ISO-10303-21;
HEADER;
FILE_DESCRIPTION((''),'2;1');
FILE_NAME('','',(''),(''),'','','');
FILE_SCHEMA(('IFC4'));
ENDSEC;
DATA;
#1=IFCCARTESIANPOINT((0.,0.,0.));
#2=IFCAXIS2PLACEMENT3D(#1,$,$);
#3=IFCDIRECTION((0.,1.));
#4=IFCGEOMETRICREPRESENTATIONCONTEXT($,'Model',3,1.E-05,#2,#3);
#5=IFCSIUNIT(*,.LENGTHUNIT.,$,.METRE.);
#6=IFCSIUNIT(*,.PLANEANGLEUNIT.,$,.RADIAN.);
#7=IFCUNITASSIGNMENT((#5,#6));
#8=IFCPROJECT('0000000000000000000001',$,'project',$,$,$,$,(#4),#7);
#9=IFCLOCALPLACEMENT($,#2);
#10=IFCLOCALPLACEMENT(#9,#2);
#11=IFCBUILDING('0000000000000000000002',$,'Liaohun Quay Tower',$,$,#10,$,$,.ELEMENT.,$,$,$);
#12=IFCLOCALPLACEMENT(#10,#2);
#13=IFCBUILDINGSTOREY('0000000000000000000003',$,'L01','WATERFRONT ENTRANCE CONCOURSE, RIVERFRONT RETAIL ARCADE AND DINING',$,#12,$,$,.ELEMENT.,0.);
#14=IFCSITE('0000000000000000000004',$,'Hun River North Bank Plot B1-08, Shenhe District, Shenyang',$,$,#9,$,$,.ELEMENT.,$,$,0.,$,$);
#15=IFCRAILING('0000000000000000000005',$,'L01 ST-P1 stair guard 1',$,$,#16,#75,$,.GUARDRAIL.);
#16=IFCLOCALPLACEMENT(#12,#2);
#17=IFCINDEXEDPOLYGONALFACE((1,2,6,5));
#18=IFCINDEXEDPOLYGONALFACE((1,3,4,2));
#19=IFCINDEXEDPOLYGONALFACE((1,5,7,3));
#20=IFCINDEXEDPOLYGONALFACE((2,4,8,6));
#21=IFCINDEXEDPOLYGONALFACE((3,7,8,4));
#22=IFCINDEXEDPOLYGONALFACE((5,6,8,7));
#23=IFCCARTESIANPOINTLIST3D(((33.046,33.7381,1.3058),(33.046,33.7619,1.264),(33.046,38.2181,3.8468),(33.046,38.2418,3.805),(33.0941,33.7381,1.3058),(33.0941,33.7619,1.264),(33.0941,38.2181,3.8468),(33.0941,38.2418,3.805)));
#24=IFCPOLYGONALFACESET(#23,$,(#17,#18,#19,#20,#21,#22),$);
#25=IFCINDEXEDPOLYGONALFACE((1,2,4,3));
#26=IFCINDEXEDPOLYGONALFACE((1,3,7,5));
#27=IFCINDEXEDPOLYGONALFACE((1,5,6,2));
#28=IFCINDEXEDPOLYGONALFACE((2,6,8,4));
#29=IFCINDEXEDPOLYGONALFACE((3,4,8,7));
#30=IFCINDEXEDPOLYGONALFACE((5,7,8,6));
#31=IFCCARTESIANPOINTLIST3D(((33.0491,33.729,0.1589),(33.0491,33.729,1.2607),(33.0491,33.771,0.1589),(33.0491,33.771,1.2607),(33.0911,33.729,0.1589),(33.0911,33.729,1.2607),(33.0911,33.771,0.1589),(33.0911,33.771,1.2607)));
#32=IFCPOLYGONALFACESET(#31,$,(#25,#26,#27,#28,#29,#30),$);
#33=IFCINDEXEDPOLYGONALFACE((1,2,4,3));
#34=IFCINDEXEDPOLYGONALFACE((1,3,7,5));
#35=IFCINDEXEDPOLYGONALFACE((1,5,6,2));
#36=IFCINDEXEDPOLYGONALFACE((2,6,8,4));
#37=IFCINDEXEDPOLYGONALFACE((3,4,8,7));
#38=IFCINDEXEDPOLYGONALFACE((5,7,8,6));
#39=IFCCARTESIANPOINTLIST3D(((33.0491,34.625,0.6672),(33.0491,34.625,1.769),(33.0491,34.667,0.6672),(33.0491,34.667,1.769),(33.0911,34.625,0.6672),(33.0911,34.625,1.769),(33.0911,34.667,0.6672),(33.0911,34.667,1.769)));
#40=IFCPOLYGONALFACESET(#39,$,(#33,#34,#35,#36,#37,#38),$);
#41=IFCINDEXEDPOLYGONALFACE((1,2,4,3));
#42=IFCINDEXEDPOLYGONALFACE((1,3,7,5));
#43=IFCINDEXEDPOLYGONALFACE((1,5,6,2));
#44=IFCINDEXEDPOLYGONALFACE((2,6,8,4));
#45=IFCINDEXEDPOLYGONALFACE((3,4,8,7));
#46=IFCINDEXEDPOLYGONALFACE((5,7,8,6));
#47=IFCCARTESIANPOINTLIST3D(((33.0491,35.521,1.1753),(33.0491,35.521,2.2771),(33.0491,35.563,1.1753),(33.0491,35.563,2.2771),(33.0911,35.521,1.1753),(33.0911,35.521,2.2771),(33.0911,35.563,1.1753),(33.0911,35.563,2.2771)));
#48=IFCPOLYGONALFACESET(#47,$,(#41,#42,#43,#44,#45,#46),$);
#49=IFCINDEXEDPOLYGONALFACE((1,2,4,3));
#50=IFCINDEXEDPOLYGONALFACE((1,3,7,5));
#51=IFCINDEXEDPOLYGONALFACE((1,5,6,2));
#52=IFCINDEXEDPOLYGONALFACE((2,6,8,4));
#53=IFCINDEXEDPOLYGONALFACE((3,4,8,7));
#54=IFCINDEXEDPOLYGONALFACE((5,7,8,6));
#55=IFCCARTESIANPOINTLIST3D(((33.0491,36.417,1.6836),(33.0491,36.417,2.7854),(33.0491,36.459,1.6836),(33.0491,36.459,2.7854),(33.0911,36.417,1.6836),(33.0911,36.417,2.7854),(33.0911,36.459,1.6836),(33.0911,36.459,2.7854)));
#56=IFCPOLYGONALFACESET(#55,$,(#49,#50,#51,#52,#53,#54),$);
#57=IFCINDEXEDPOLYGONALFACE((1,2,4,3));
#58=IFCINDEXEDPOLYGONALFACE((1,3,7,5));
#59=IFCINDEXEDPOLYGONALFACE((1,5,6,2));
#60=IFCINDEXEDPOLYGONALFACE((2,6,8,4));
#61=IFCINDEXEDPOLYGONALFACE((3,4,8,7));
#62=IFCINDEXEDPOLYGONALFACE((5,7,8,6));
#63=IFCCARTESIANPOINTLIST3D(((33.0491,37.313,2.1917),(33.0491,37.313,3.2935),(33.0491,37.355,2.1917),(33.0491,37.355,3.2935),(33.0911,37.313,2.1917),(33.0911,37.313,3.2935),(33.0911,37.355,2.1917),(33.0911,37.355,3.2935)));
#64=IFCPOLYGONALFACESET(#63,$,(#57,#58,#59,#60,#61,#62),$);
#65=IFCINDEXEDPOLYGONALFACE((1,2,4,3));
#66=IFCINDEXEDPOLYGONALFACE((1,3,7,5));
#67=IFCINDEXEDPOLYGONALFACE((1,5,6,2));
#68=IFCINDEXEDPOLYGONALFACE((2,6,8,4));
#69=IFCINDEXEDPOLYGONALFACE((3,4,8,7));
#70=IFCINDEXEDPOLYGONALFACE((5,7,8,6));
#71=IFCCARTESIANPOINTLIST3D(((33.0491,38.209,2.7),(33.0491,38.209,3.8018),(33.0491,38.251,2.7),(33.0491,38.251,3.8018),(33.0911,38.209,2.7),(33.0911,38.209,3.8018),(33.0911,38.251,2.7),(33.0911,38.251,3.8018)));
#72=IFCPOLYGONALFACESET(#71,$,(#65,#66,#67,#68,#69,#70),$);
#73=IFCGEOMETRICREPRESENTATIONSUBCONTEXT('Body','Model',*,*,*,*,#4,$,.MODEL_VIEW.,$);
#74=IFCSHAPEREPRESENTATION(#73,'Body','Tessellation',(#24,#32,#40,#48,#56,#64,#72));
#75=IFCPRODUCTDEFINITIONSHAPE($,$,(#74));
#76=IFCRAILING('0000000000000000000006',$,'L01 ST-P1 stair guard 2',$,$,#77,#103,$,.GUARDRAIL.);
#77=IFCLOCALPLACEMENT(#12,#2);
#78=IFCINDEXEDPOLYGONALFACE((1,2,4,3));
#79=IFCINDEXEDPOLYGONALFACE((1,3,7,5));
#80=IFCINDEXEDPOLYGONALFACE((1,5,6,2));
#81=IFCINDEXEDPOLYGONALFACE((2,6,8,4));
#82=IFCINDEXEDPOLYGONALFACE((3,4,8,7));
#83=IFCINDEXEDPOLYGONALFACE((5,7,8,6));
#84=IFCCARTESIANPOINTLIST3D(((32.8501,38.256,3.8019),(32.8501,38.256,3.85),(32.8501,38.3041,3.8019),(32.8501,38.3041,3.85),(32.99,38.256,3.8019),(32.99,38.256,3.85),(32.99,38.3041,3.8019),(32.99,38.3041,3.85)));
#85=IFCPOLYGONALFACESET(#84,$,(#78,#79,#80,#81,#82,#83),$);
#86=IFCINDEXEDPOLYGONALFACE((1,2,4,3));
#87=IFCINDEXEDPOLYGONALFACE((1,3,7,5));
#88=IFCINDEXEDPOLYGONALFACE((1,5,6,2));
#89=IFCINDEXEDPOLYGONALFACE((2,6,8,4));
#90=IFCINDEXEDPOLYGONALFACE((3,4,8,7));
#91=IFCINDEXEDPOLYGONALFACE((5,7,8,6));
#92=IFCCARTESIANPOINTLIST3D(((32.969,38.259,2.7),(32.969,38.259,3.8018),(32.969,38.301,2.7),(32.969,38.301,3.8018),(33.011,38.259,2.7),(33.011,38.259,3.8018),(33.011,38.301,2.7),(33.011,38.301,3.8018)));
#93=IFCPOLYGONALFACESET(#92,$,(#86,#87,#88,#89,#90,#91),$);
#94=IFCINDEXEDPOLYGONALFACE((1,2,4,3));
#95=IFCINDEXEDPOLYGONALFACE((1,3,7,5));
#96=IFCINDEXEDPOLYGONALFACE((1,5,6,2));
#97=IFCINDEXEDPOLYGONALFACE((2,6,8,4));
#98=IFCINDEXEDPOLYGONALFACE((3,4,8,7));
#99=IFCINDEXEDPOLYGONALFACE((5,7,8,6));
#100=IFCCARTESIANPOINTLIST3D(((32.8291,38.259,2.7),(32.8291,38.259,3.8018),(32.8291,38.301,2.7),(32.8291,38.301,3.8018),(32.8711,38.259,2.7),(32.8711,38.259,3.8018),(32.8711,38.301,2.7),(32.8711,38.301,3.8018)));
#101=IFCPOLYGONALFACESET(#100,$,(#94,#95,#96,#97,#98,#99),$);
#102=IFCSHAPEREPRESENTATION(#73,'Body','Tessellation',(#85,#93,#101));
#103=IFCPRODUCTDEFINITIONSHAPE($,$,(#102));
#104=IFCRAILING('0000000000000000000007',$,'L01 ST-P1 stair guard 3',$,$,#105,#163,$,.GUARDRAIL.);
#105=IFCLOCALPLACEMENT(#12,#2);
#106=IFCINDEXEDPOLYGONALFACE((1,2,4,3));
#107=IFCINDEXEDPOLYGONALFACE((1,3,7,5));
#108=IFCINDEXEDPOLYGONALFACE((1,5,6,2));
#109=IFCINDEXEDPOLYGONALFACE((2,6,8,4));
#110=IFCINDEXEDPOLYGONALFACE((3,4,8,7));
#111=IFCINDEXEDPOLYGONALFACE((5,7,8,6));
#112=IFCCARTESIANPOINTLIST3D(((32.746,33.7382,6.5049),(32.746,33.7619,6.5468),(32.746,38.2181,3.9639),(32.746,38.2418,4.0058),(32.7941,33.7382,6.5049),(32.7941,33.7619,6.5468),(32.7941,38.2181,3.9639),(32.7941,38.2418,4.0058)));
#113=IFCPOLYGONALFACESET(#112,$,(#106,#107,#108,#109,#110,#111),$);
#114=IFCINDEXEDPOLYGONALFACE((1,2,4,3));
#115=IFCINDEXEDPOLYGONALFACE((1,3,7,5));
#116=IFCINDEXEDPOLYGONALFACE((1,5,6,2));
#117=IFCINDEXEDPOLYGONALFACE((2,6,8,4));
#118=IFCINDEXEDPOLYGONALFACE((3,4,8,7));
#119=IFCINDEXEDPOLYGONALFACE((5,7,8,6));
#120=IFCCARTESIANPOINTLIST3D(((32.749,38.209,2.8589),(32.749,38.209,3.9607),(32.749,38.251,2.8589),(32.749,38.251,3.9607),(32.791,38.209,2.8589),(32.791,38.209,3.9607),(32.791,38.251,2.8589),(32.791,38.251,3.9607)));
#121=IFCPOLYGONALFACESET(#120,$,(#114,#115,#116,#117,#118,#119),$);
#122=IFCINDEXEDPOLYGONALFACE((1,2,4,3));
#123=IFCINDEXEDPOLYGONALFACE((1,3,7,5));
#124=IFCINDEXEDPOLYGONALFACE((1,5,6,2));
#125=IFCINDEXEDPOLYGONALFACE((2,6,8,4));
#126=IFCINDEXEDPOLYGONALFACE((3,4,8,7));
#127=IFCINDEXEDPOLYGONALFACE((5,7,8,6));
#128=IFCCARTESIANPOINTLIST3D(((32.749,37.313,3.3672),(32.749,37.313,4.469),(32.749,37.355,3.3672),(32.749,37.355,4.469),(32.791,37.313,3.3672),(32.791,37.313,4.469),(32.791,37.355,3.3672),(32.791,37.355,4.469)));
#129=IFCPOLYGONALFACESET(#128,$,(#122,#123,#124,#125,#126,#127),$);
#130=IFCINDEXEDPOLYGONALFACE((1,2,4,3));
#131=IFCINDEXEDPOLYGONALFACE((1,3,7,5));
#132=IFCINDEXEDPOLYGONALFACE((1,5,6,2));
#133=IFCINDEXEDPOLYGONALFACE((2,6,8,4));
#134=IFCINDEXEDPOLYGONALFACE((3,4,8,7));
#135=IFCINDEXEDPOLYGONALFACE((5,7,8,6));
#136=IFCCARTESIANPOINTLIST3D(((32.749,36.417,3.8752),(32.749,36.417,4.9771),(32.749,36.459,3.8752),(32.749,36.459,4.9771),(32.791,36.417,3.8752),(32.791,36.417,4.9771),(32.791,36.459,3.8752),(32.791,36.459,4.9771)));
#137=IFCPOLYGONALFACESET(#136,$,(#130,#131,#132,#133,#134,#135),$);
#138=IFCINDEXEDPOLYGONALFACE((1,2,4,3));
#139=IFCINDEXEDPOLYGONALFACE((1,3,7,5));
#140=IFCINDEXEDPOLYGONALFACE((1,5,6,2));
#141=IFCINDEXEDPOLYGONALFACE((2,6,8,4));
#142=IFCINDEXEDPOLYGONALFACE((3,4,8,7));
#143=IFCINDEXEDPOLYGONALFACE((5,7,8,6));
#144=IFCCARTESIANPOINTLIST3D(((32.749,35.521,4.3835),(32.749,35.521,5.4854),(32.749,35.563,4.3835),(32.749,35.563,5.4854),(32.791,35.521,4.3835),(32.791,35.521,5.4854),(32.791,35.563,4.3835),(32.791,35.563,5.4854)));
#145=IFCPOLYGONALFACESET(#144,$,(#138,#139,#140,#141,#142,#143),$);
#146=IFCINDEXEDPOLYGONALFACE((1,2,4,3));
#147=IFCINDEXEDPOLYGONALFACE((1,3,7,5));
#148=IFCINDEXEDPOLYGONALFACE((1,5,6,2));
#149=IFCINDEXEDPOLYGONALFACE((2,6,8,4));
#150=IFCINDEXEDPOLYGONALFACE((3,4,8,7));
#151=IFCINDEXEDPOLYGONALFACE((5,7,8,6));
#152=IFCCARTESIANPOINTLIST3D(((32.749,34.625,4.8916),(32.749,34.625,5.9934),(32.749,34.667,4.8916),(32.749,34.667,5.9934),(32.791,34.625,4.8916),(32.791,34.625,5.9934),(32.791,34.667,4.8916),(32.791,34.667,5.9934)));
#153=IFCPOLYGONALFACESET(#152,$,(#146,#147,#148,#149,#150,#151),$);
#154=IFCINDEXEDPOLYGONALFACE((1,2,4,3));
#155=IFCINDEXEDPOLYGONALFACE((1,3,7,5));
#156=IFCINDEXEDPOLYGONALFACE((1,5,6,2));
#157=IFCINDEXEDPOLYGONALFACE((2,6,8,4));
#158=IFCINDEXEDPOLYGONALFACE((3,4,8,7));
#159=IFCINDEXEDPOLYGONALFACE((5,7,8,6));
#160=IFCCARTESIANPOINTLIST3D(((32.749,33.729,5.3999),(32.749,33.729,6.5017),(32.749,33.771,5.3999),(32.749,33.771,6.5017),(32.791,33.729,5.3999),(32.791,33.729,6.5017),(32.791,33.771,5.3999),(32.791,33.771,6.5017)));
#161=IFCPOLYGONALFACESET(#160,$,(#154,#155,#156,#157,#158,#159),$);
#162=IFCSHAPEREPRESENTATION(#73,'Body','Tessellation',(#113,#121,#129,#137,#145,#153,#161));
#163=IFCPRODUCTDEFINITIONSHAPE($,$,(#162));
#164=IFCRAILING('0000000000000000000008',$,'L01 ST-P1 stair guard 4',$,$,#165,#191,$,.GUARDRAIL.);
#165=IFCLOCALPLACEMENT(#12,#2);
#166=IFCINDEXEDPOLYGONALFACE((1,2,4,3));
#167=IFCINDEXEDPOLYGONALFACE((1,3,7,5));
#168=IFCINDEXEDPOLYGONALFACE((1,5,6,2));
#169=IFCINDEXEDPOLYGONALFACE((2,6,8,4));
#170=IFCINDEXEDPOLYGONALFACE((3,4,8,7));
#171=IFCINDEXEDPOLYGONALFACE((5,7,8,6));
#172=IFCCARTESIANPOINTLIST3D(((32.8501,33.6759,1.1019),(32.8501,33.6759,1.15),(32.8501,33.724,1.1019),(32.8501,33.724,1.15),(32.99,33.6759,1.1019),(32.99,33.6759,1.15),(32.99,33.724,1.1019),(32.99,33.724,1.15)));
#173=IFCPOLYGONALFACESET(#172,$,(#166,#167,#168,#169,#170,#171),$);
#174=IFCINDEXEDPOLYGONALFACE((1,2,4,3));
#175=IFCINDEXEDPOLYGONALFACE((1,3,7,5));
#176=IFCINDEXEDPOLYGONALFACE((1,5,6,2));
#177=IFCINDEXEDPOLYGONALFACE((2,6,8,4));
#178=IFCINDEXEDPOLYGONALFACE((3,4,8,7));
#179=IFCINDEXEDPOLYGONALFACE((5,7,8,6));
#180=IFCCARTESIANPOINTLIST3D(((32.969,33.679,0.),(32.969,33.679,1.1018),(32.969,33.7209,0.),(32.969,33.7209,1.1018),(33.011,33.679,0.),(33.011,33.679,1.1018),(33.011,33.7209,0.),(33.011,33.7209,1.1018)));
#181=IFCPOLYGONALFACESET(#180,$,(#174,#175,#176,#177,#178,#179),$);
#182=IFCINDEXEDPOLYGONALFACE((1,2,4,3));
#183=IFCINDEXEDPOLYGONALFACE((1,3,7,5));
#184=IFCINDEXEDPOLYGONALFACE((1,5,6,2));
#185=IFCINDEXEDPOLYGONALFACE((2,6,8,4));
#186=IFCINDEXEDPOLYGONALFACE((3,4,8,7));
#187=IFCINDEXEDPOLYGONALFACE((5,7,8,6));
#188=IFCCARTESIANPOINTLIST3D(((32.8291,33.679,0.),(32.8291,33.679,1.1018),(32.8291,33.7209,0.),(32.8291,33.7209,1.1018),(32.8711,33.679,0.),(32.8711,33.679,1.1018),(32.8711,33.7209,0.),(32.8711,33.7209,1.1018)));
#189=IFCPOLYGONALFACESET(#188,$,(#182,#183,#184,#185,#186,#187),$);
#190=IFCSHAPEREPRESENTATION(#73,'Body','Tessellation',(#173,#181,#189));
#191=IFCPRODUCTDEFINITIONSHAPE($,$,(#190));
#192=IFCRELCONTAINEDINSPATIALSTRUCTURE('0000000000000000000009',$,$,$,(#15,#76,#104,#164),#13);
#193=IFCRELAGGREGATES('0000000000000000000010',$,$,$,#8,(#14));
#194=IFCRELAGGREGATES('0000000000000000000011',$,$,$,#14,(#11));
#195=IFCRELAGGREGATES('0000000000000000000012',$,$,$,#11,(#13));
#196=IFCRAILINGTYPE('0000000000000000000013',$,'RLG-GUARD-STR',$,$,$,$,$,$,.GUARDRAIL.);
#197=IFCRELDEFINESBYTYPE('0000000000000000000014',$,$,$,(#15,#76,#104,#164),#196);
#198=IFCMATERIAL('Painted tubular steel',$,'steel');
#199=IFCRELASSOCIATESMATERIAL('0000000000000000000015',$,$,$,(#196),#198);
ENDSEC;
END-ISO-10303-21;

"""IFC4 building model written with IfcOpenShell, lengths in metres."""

from ifc_helpers import new_model, si_unit, direction, frame, origin, origin_2d, place, context, subcontext, project, spatial, rectangle, extrude, material, type_object, element, save


model = new_model("IFC4")

# Units and contexts
model_context = context("Model", 3, precision=1e-05, world=origin(), true_north=direction((0.0, 1.0)))
body_context = subcontext(model_context, "Body", "Model", "MODEL_VIEW")
ifc_project = project(units=[si_unit("LENGTHUNIT", "METRE"), si_unit("PLANEANGLEUNIT", "RADIAN")], contexts=[model_context])

# Site, building, storey
site_placement = place(None, origin())
site = spatial("IfcSite", under=ifc_project, at=site_placement, Name="Hun River North Bank Plot B1-08, Shenhe District, Shenyang", CompositionType="ELEMENT", RefElevation=0.0)
building_placement = place(site_placement, origin())
building = spatial("IfcBuilding", under=site, at=building_placement, Name="Liaohun Quay Tower", CompositionType="ELEMENT")
storey_placement = place(building_placement, origin())
storey = spatial("IfcBuildingStorey", under=building, at=storey_placement, Name="L01", Description="WATERFRONT ENTRANCE CONCOURSE, RIVERFRONT RETAIL ARCADE AND DINING", CompositionType="ELEMENT", Elevation=0.0)

# Railings
ifc_material_1 = material(Name="Painted tubular steel", Category="steel")
railing_type_1 = type_object("IfcRailingType", Name="RLG-GUARD-STR", PredefinedType="GUARDRAIL", material=ifc_material_1)
railing_1_placement = place(storey_placement, frame((33.0701, 33.75, 0.1589)))
element("IfcRailing", 1, at=railing_1_placement, inside=storey, type_object=railing_type_1, Name="L01 ST-P1 stair guard 1", PredefinedType="GUARDRAIL", context=body_context, shape_type="SweptSolid", body=[
    extrude(rectangle(XDim=0.0481, YDim=0.0481, at=origin_2d()), frame((0.0, 0.0, 1.126), z_axis=(0.0, 0.869826, 0.493359), x_axis=(-1.0, 0.0, 0.0)), (0.0, 0.0, 1.0), 5.1504),
    extrude(rectangle(XDim=0.042, YDim=0.042, at=origin_2d()), origin(), (0.0, 0.0, 1.0), 1.1018),
    extrude(rectangle(XDim=0.042, YDim=0.042, at=origin_2d()), frame((0.0, 0.896, 0.5083)), (0.0, 0.0, 1.0), 1.1018),
    extrude(rectangle(XDim=0.042, YDim=0.042, at=origin_2d()), frame((0.0, 1.792, 1.0164)), (0.0, 0.0, 1.0), 1.1018),
    extrude(rectangle(XDim=0.042, YDim=0.042, at=origin_2d()), frame((0.0, 2.688, 1.5247)), (0.0, 0.0, 1.0), 1.1018),
    extrude(rectangle(XDim=0.042, YDim=0.042, at=origin_2d()), frame((0.0, 3.584, 2.0327)), (0.0, 0.0, 1.0), 1.1018),
    extrude(rectangle(XDim=0.042, YDim=0.042, at=origin_2d()), frame((0.0, 4.48, 2.541)), (0.0, 0.0, 1.0), 1.1018),
])
railing_2_placement = place(storey_placement, frame((32.99, 38.28, 2.7)))
element("IfcRailing", 2, at=railing_2_placement, inside=storey, type_object=railing_type_1, Name="L01 ST-P1 stair guard 2", PredefinedType="GUARDRAIL", context=body_context, shape_type="SweptSolid", body=[
    extrude(rectangle(XDim=0.0481, YDim=0.0481, at=origin_2d()), frame((0.0, 0.0, 1.126), z_axis=(-1.0, 0.0, 0.0), x_axis=(0.0, -1.0, 0.0)), (0.0, 0.0, 1.0), 0.1399),
    extrude(rectangle(XDim=0.042, YDim=0.042, at=origin_2d()), origin(), (0.0, 0.0, 1.0), 1.1018),
    extrude(rectangle(XDim=0.042, YDim=0.042, at=origin_2d()), frame((-0.1399, 0.0, 0.0)), (0.0, 0.0, 1.0), 1.1018),
])
railing_3_placement = place(storey_placement, frame((32.77, 38.23, 2.8589)))
element("IfcRailing", 3, at=railing_3_placement, inside=storey, type_object=railing_type_1, Name="L01 ST-P1 stair guard 3", PredefinedType="GUARDRAIL", context=body_context, shape_type="SweptSolid", body=[
    extrude(rectangle(XDim=0.0481, YDim=0.0481, at=origin_2d()), frame((0.0, 0.0, 1.126), z_axis=(0.0, -0.869826, 0.493359), x_axis=(1.0, 0.0, 0.0)), (0.0, 0.0, 1.0), 5.1504),
    extrude(rectangle(XDim=0.042, YDim=0.042, at=origin_2d()), origin(), (0.0, 0.0, 1.0), 1.1018),
    extrude(rectangle(XDim=0.042, YDim=0.042, at=origin_2d()), frame((0.0, -0.896, 0.5083)), (0.0, 0.0, 1.0), 1.1018),
    extrude(rectangle(XDim=0.042, YDim=0.042, at=origin_2d()), frame((0.0, -1.792, 1.0164)), (0.0, 0.0, 1.0), 1.1018),
    extrude(rectangle(XDim=0.042, YDim=0.042, at=origin_2d()), frame((0.0, -2.688, 1.5247)), (0.0, 0.0, 1.0), 1.1018),
    extrude(rectangle(XDim=0.042, YDim=0.042, at=origin_2d()), frame((0.0, -3.584, 2.0327)), (0.0, 0.0, 1.0), 1.1018),
    extrude(rectangle(XDim=0.042, YDim=0.042, at=origin_2d()), frame((0.0, -4.48, 2.541)), (0.0, 0.0, 1.0), 1.1018),
])
railing_4_placement = place(storey_placement, frame((32.99, 33.7, 0.0)))
element("IfcRailing", 4, at=railing_4_placement, inside=storey, type_object=railing_type_1, Name="L01 ST-P1 stair guard 4", PredefinedType="GUARDRAIL", context=body_context, shape_type="SweptSolid", body=[
    extrude(rectangle(XDim=0.0481, YDim=0.0481, at=origin_2d()), frame((0.0, 0.0, 1.126), z_axis=(-1.0, 0.0, 0.0), x_axis=(0.0, -1.0, 0.0)), (0.0, 0.0, 1.0), 0.1399),
    extrude(rectangle(XDim=0.042, YDim=0.042, at=origin_2d()), origin(), (0.0, 0.0, 1.0), 1.1018),
    extrude(rectangle(XDim=0.042, YDim=0.042, at=origin_2d()), frame((-0.1399, 0.0, 0.0)), (0.0, 0.0, 1.0), 1.1018),
])

save(model, "model.ifc")
